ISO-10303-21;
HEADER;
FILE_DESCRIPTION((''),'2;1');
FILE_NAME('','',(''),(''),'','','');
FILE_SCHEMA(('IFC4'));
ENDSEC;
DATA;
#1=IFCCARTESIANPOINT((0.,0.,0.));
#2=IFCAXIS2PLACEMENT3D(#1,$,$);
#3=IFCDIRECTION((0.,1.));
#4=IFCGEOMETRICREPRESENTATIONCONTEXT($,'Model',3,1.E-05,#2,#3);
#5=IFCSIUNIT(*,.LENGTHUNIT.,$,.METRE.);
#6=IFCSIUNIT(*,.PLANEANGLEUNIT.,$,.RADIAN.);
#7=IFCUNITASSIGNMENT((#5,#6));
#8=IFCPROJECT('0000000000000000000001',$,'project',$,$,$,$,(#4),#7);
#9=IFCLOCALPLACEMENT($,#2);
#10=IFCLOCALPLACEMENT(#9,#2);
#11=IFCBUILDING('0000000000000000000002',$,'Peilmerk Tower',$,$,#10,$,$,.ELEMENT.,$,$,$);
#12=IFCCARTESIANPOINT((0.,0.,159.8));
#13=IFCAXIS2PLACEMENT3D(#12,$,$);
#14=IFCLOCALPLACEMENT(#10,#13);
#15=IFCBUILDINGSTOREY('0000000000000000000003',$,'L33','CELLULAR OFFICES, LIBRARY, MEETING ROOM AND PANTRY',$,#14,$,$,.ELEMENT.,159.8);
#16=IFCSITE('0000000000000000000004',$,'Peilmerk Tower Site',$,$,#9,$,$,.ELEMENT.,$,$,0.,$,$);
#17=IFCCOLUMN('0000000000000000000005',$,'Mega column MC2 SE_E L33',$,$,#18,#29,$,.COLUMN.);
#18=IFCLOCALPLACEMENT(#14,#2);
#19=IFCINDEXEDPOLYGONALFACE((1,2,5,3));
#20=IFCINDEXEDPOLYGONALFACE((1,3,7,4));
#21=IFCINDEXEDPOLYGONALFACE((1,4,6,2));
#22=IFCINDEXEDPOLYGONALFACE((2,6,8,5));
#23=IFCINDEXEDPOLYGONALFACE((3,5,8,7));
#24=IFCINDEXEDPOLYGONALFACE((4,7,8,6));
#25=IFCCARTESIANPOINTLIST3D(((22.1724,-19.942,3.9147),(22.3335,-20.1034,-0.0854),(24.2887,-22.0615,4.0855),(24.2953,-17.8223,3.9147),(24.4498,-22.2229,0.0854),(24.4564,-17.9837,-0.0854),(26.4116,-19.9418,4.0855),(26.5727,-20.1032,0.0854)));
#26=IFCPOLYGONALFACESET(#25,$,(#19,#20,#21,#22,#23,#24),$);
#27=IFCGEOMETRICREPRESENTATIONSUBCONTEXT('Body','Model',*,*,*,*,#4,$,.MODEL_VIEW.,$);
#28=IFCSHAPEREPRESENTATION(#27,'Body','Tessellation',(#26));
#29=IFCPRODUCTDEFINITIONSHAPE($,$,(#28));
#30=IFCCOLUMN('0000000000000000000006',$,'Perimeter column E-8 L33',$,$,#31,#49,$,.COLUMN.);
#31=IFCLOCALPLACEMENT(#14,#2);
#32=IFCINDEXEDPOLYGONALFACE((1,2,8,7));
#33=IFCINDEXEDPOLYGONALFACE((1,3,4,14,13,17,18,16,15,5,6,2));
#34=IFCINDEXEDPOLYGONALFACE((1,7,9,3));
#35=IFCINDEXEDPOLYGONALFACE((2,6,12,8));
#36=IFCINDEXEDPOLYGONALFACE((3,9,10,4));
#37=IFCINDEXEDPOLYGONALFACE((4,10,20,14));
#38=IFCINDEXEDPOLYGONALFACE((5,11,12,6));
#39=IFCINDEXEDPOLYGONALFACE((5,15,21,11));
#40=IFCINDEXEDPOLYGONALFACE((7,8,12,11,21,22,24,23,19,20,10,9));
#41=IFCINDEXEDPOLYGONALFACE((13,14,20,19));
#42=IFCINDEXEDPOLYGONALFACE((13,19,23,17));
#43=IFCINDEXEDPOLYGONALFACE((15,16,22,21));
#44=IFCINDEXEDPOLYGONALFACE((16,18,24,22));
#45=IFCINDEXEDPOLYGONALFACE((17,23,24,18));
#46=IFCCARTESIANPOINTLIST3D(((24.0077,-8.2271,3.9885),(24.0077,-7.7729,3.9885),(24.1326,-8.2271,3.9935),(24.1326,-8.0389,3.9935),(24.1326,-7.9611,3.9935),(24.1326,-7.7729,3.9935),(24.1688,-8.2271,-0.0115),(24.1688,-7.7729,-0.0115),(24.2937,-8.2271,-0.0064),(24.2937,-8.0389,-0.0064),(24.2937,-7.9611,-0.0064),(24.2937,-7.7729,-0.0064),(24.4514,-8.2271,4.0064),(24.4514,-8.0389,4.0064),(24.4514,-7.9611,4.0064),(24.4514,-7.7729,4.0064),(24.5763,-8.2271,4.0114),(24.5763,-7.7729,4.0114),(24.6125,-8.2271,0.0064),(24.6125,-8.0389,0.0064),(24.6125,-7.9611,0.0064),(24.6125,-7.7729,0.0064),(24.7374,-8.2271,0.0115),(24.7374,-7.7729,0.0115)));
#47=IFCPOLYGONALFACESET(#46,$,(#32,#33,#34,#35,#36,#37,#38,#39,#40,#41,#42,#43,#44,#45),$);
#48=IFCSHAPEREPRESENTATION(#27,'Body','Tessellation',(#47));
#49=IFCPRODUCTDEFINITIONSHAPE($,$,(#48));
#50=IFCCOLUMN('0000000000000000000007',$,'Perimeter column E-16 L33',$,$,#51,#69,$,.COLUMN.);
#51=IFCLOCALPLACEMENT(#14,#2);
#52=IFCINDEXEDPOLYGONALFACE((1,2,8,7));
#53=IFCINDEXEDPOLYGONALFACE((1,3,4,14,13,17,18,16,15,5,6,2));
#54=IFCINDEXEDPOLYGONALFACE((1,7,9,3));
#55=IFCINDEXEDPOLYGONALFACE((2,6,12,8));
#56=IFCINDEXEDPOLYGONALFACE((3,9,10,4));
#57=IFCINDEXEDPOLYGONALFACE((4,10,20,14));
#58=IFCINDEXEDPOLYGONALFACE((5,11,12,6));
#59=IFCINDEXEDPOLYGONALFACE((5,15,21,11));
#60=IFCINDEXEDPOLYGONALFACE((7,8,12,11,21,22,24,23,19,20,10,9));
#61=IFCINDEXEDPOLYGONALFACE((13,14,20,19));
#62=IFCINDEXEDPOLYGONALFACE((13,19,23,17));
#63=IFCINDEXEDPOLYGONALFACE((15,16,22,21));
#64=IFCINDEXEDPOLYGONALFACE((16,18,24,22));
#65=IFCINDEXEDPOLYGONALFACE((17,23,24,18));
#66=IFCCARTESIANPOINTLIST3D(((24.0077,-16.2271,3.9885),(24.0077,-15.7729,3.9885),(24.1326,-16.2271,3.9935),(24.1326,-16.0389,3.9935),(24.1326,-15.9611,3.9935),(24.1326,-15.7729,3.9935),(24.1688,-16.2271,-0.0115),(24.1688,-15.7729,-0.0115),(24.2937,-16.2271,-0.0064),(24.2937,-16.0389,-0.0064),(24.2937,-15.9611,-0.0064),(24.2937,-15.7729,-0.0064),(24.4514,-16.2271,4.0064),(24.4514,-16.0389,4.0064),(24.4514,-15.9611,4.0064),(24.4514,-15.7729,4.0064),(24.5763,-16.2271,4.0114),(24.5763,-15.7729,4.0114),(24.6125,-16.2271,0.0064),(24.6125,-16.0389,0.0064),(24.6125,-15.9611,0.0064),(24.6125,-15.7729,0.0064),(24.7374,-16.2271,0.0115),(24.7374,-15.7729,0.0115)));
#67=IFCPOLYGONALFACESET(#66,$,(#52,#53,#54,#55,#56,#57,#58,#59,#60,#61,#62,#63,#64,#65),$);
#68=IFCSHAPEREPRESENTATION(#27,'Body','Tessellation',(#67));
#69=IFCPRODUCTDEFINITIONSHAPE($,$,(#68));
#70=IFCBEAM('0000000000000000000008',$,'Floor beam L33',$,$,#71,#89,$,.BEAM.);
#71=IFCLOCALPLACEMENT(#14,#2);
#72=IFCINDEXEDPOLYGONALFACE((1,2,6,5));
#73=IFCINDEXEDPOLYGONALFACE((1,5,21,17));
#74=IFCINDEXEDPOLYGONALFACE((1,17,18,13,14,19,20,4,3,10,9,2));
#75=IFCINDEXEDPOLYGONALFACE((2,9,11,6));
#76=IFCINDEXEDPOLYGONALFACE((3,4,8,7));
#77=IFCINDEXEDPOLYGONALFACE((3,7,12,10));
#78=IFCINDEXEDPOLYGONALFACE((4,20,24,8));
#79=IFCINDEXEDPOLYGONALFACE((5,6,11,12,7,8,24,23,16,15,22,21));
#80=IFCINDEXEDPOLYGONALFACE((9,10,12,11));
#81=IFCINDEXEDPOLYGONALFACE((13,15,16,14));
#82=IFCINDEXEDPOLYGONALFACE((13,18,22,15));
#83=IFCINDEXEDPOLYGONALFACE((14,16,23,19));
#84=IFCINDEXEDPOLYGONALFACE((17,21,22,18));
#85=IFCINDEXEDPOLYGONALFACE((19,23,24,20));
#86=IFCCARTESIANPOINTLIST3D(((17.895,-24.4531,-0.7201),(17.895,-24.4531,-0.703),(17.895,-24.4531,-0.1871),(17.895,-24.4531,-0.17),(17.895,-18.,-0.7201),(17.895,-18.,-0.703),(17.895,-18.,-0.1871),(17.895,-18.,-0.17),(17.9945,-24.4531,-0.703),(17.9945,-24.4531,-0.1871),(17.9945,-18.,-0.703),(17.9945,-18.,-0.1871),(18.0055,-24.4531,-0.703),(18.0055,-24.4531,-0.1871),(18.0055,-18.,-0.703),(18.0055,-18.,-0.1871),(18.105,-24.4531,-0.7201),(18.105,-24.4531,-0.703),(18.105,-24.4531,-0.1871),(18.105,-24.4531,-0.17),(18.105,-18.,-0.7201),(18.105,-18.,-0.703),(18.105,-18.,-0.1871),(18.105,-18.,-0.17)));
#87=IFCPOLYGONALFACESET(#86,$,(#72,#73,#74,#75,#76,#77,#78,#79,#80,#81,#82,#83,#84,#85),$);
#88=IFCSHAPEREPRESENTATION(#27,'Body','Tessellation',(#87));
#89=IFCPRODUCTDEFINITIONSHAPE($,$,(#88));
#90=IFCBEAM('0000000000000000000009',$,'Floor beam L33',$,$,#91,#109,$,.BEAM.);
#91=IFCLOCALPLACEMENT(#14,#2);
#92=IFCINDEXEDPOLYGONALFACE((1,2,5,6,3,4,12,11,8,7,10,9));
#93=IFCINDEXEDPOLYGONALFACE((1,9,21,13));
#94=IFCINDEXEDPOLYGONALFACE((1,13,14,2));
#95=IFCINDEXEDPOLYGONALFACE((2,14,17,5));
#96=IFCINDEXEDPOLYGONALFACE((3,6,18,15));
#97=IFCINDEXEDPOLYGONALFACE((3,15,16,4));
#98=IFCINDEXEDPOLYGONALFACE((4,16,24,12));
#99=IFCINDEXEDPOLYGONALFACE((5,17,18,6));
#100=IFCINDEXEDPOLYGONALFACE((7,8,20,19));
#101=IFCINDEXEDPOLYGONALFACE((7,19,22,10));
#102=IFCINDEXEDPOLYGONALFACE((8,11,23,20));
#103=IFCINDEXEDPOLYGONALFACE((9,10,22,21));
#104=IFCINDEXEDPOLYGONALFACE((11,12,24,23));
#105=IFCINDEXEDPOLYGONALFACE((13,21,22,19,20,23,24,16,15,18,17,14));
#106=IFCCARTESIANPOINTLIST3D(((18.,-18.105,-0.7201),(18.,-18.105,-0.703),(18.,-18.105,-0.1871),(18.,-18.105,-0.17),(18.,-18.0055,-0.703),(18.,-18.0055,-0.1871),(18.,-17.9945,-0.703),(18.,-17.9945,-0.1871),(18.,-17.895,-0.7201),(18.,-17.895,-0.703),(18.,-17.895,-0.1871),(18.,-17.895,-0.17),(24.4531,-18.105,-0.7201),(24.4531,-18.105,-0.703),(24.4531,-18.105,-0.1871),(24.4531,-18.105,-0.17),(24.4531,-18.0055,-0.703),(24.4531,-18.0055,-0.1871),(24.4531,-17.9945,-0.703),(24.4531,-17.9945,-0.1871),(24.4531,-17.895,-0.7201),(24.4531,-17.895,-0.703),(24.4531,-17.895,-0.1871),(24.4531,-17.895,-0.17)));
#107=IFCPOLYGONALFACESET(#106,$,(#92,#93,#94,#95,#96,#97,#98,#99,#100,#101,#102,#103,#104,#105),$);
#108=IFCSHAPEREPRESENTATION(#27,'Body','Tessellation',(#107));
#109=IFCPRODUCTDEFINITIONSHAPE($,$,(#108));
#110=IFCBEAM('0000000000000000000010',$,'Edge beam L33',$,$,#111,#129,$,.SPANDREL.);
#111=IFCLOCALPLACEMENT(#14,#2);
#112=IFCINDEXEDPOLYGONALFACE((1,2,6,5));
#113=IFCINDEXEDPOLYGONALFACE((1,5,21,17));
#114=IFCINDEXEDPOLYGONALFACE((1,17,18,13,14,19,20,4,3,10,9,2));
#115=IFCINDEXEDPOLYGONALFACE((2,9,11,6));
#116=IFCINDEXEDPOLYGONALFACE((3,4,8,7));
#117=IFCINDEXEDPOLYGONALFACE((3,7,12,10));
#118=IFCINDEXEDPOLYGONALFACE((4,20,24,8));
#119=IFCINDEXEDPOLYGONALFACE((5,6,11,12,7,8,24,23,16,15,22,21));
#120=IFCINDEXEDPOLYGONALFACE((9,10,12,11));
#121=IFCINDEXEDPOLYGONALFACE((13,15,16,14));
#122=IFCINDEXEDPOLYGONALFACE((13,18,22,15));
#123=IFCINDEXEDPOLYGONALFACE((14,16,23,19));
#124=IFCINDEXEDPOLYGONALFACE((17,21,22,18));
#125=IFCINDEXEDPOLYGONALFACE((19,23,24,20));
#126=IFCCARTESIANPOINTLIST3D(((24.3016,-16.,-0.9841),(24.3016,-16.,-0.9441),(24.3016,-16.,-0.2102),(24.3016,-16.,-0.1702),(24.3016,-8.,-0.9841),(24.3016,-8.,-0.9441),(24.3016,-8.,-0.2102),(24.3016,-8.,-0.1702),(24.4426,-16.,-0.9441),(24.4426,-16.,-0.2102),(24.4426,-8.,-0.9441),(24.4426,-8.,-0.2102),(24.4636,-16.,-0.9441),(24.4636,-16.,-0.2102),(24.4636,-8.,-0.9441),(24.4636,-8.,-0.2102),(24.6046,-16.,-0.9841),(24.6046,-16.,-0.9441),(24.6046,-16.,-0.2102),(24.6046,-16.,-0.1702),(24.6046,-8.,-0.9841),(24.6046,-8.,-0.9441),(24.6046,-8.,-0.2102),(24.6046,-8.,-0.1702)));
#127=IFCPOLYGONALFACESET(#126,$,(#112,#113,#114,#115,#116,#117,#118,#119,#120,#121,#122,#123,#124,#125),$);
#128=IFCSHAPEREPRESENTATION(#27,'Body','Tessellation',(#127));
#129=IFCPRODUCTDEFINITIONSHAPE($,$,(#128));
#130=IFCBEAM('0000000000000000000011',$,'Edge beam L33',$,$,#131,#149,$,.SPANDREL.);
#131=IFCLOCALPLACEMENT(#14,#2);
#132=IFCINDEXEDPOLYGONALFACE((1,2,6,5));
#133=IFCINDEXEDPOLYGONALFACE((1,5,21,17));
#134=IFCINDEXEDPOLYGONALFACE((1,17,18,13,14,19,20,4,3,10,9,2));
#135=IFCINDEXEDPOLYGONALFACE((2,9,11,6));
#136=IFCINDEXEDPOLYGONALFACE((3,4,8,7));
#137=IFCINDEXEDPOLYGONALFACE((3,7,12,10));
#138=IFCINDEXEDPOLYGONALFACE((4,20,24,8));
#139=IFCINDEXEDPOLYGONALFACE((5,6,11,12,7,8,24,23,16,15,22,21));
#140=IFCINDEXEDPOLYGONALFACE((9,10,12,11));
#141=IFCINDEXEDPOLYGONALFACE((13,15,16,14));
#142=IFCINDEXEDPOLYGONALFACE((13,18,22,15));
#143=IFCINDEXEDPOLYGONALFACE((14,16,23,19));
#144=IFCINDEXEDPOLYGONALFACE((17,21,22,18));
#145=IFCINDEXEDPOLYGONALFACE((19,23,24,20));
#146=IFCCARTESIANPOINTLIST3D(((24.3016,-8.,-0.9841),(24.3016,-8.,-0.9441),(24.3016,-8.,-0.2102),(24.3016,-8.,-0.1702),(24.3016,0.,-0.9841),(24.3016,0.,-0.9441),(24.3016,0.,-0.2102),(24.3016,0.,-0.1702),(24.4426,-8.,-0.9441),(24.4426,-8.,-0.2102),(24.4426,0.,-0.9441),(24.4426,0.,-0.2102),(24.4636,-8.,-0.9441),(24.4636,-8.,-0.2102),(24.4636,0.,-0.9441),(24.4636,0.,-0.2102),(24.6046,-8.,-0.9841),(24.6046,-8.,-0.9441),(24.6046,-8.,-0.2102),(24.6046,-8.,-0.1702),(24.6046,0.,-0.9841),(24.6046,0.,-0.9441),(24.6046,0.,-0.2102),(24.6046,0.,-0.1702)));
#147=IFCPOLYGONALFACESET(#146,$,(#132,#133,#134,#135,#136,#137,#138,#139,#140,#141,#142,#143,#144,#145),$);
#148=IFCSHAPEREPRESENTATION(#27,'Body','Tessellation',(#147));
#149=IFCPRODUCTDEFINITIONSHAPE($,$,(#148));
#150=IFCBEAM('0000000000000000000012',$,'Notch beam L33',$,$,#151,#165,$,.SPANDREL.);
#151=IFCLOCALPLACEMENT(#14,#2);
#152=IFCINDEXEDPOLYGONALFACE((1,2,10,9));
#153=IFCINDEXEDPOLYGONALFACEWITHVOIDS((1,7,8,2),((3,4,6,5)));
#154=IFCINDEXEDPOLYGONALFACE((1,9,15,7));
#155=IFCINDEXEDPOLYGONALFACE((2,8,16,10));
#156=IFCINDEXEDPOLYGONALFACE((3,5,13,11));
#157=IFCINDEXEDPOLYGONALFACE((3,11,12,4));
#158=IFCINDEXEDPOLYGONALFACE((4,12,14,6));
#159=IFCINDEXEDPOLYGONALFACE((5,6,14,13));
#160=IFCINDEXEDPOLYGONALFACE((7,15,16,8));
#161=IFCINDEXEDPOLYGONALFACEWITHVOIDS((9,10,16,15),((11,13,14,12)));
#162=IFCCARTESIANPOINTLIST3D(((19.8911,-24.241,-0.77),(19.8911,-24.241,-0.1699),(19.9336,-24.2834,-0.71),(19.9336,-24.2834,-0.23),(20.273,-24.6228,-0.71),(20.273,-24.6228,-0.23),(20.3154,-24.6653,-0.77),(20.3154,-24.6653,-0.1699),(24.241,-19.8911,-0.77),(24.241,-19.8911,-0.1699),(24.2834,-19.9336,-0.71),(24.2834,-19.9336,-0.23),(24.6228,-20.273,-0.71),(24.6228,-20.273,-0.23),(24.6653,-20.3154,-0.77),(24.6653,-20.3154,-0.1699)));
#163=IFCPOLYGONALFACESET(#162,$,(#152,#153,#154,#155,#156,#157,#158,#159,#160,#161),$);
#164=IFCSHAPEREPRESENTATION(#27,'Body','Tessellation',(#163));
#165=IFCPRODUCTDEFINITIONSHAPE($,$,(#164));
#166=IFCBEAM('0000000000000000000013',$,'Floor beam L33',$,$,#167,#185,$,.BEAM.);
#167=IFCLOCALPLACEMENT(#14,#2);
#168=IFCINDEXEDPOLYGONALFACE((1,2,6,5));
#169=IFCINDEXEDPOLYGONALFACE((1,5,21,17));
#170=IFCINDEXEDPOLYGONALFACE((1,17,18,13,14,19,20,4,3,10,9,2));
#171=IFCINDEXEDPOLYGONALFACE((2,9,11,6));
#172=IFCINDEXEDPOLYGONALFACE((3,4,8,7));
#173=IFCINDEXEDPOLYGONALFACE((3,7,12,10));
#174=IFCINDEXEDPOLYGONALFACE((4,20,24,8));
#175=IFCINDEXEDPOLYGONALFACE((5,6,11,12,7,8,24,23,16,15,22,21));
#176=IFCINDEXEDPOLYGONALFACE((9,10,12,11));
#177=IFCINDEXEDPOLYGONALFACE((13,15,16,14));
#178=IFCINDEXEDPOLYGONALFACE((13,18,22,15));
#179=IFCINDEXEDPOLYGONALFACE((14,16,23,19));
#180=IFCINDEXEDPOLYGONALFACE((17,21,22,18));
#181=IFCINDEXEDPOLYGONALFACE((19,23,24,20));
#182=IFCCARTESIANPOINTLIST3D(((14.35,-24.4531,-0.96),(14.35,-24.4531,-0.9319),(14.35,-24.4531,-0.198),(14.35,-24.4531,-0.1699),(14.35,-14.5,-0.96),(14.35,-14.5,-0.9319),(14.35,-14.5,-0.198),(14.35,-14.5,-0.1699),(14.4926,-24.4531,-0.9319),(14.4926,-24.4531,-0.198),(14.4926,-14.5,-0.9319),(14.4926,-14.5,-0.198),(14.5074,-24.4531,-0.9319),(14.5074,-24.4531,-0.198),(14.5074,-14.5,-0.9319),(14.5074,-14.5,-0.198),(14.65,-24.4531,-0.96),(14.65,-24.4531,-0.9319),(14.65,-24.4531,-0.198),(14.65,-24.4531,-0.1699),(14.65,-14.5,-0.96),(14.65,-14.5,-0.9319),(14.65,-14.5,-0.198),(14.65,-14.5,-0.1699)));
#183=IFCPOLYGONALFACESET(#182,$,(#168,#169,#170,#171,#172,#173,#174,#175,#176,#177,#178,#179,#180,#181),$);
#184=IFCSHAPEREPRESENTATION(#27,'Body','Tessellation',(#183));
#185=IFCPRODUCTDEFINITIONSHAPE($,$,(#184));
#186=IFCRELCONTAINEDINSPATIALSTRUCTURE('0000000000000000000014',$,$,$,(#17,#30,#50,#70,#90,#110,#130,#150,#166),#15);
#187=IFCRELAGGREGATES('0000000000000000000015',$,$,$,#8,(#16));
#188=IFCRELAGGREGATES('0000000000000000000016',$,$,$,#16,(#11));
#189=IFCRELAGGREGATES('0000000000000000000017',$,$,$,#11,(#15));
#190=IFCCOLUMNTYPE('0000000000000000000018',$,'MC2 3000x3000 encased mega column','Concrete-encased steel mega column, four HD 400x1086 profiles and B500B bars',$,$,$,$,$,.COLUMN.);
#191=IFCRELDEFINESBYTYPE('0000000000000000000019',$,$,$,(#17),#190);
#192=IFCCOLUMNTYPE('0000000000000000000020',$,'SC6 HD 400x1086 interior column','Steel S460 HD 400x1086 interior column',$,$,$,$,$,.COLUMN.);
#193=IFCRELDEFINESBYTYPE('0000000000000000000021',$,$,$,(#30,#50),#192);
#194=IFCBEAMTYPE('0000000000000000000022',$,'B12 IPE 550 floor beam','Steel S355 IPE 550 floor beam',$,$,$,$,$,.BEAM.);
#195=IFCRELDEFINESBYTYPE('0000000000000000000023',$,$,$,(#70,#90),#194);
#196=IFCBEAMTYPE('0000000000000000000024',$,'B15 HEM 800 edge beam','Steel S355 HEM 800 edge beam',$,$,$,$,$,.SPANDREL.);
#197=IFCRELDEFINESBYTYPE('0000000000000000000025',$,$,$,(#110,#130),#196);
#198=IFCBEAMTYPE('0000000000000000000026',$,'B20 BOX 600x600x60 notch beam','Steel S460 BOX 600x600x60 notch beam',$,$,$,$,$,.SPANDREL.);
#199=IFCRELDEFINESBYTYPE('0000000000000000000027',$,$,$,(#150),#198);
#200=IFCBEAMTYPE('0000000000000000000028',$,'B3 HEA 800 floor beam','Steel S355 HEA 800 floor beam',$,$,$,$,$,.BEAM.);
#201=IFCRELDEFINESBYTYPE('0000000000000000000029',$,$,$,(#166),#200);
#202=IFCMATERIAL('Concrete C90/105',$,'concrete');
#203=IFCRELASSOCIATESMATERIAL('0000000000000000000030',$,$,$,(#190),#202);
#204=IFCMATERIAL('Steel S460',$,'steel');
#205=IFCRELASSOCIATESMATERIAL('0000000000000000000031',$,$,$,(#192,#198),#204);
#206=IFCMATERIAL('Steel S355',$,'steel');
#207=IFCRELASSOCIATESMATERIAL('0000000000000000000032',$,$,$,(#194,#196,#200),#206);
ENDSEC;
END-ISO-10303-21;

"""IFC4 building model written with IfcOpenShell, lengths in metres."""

from ifc_helpers import new_model, si_unit, direction, frame, origin, origin_2d, place, context, subcontext, project, spatial, rectangle, hollow_rectangle, i_section, extrude, material, material_profile, profile_set, type_object, element, save


model = new_model("IFC4")

# Units and contexts
model_context = context("Model", 3, precision=1e-05, world=origin(), true_north=direction((0.0, 1.0)))
body_context = subcontext(model_context, "Body", "Model", "MODEL_VIEW")
ifc_project = project(units=[si_unit("LENGTHUNIT", "METRE"), si_unit("PLANEANGLEUNIT", "RADIAN")], contexts=[model_context])

# Site, building, storey
site_placement = place(None, origin())
site = spatial("IfcSite", under=ifc_project, at=site_placement, Name="Peilmerk Tower Site", CompositionType="ELEMENT", RefElevation=0.0)
building_placement = place(site_placement, origin())
building = spatial("IfcBuilding", under=site, at=building_placement, Name="Peilmerk Tower", CompositionType="ELEMENT")
storey_placement = place(building_placement, frame((0.0, 0.0, 159.8)))
storey = spatial("IfcBuildingStorey", under=building, at=storey_placement, Name="L33", Description="CELLULAR OFFICES, LIBRARY, MEETING ROOM AND PANTRY", CompositionType="ELEMENT", Elevation=159.8)

# Columns
ifc_material_1 = material(Name="Concrete C90/105", Category="concrete")
ifc_material_profile_1 = material_profile(ifc_material_1, rectangle(XDim=3.0, YDim=3.0, at=origin_2d()), Name="RC 3000x3000")
ifc_profile_set_1 = profile_set([ifc_material_profile_1], Name="Concrete C90/105")
column_type_1 = type_object("IfcColumnType", Name="MC2 3000x3000 encased mega column", Description="Concrete-encased steel mega column, four HD 400x1086 profiles and B500B bars", PredefinedType="COLUMN", material=ifc_profile_set_1)
column_placement = place(storey_placement, frame((24.4531, -20.1033, 0.0), z_axis=(-0.040218, 0.040279, 0.998379), x_axis=(-0.707642, -0.706571, 0.0)))
element("IfcColumn", 1, at=column_placement, inside=storey, type_object=column_type_1, Name="Mega column MC2 SE_E L33", PredefinedType="COLUMN", context=body_context, shape_type="SweptSolid", body=[
    extrude(rectangle(XDim=3.0, YDim=3.0, at=origin_2d()), origin(), (0.0, 0.0, 1.0), 4.0066),
])
ifc_material_2 = material(Name="Steel S460", Category="steel")
ifc_material_profile_2 = material_profile(ifc_material_2, i_section(OverallWidth=0.4541, OverallDepth=0.5691, WebThickness=0.0779, FlangeThickness=0.125, at=origin_2d()), Name="HD 400x1086")
ifc_profile_set_2 = profile_set([ifc_material_profile_2], Name="Steel S460")
column_type_2 = type_object("IfcColumnType", Name="SC6 HD 400x1086 interior column", Description="Steel S460 HD 400x1086 interior column", PredefinedType="COLUMN", material=ifc_profile_set_2)
for number, where, z_axis, x_axis, name in (
    (2, (24.4531, -8.0, 0.0), (-0.040251, 0.0, 0.99919), (0.0, -1.0, 0.0), "Perimeter column E-8 L33"),
    (3, (24.4531, -16.0, 0.0), (-0.040251, 0.0, 0.99919), (0.0, -1.0, 0.0), "Perimeter column E-16 L33"),
):
    element("IfcColumn", number, at=place(storey_placement, frame(where, z_axis=z_axis, x_axis=x_axis)), inside=storey, type_object=column_type_2, Name=name, PredefinedType="COLUMN", context=body_context, shape_type="SweptSolid", body=[
        extrude(i_section(OverallWidth=0.4541, OverallDepth=0.5691, WebThickness=0.0779, FlangeThickness=0.125, at=origin_2d()), origin(), (0.0, 0.0, 1.0), 4.0032),
    ])

# Beams
ifc_material_3 = material(Name="Steel S355", Category="steel")
ifc_material_profile_3 = material_profile(ifc_material_3, i_section(OverallWidth=0.21, OverallDepth=0.55, WebThickness=0.011, FlangeThickness=0.0171, at=origin_2d()), Name="IPE 550")
ifc_profile_set_3 = profile_set([ifc_material_profile_3], Name="Steel S355")
beam_type_1 = type_object("IfcBeamType", Name="B12 IPE 550 floor beam", Description="Steel S355 IPE 550 floor beam", PredefinedType="BEAM", material=ifc_profile_set_3)
for number, where, z_axis, x_axis, name in (
    (4, (18.0, -18.0, -0.4451), (0.0, -1.0, 0.0), (1.0, 0.0, 0.0), "Floor beam L33"),
    (5, (18.0, -18.0, -0.4451), (1.0, 0.0, 0.0), (0.0, 1.0, 0.0), "Floor beam L33"),
):
    element("IfcBeam", number, at=place(storey_placement, frame(where, z_axis=z_axis, x_axis=x_axis)), inside=storey, type_object=beam_type_1, Name=name, PredefinedType="BEAM", context=body_context, shape_type="SweptSolid", body=[
        extrude(i_section(OverallWidth=0.21, OverallDepth=0.55, WebThickness=0.011, FlangeThickness=0.0171, at=origin_2d()), origin(), (0.0, 0.0, 1.0), 6.4531),
    ])
ifc_material_profile_4 = material_profile(ifc_material_3, i_section(OverallWidth=0.303, OverallDepth=0.814, WebThickness=0.021, FlangeThickness=0.04, at=origin_2d()), Name="HEM 800")
ifc_profile_set_4 = profile_set([ifc_material_profile_4], Name="Steel S355")
beam_type_2 = type_object("IfcBeamType", Name="B15 HEM 800 edge beam", Description="Steel S355 HEM 800 edge beam", PredefinedType="SPANDREL", material=ifc_profile_set_4)
for number, where, z_axis, x_axis, name in (
    (6, (24.4531, -16.0, -0.5771), (0.0, 1.0, 0.0), (-1.0, 0.0, 0.0), "Edge beam L33"),
    (7, (24.4531, -8.0, -0.5771), (0.0, 1.0, 0.0), (-1.0, 0.0, 0.0), "Edge beam L33"),
):
    element("IfcBeam", number, at=place(storey_placement, frame(where, z_axis=z_axis, x_axis=x_axis)), inside=storey, type_object=beam_type_2, Name=name, PredefinedType="SPANDREL", context=body_context, shape_type="SweptSolid", body=[
        extrude(i_section(OverallWidth=0.303, OverallDepth=0.814, WebThickness=0.021, FlangeThickness=0.04, at=origin_2d()), origin(), (0.0, 0.0, 1.0), 8.0),
    ])
ifc_material_profile_5 = material_profile(ifc_material_2, hollow_rectangle(XDim=0.6001, YDim=0.6001, WallThickness=0.0601, at=origin_2d()), Name="BOX 600x600x60")
ifc_profile_set_5 = profile_set([ifc_material_profile_5], Name="Steel S460")
beam_type_3 = type_object("IfcBeamType", Name="B20 BOX 600x600x60 notch beam", Description="Steel S460 BOX 600x600x60 notch beam", PredefinedType="SPANDREL", material=ifc_profile_set_5)
beam_1_placement = place(storey_placement, frame((24.4531, -20.1033, -0.47), z_axis=(-0.707107, -0.707107, 0.0), x_axis=(0.707107, -0.707107, 0.0)))
element("IfcBeam", 8, at=beam_1_placement, inside=storey, type_object=beam_type_3, Name="Notch beam L33", PredefinedType="SPANDREL", context=body_context, shape_type="SweptSolid", body=[
    extrude(hollow_rectangle(XDim=0.6001, YDim=0.6001, WallThickness=0.0601, at=origin_2d()), origin(), (0.0, 0.0, 1.0), 6.1516),
])
ifc_material_profile_6 = material_profile(ifc_material_3, i_section(OverallWidth=0.3, OverallDepth=0.79, WebThickness=0.0149, FlangeThickness=0.0281, at=origin_2d()), Name="HEA 800")
ifc_profile_set_6 = profile_set([ifc_material_profile_6], Name="Steel S355")
beam_type_4 = type_object("IfcBeamType", Name="B3 HEA 800 floor beam", Description="Steel S355 HEA 800 floor beam", PredefinedType="BEAM", material=ifc_profile_set_6)
for number, where, z_axis, x_axis, name in (
    (9, (14.5, -14.5, -0.5649), (0.0, -1.0, 0.0), (1.0, 0.0, 0.0), "Floor beam L33"),
):
    element("IfcBeam", number, at=place(storey_placement, frame(where, z_axis=z_axis, x_axis=x_axis)), inside=storey, type_object=beam_type_4, Name=name, PredefinedType="BEAM", context=body_context, shape_type="SweptSolid", body=[
        extrude(i_section(OverallWidth=0.3, OverallDepth=0.79, WebThickness=0.0149, FlangeThickness=0.0281, at=origin_2d()), origin(), (0.0, 0.0, 1.0), 9.9531),
    ])

save(model, "model.ifc")
